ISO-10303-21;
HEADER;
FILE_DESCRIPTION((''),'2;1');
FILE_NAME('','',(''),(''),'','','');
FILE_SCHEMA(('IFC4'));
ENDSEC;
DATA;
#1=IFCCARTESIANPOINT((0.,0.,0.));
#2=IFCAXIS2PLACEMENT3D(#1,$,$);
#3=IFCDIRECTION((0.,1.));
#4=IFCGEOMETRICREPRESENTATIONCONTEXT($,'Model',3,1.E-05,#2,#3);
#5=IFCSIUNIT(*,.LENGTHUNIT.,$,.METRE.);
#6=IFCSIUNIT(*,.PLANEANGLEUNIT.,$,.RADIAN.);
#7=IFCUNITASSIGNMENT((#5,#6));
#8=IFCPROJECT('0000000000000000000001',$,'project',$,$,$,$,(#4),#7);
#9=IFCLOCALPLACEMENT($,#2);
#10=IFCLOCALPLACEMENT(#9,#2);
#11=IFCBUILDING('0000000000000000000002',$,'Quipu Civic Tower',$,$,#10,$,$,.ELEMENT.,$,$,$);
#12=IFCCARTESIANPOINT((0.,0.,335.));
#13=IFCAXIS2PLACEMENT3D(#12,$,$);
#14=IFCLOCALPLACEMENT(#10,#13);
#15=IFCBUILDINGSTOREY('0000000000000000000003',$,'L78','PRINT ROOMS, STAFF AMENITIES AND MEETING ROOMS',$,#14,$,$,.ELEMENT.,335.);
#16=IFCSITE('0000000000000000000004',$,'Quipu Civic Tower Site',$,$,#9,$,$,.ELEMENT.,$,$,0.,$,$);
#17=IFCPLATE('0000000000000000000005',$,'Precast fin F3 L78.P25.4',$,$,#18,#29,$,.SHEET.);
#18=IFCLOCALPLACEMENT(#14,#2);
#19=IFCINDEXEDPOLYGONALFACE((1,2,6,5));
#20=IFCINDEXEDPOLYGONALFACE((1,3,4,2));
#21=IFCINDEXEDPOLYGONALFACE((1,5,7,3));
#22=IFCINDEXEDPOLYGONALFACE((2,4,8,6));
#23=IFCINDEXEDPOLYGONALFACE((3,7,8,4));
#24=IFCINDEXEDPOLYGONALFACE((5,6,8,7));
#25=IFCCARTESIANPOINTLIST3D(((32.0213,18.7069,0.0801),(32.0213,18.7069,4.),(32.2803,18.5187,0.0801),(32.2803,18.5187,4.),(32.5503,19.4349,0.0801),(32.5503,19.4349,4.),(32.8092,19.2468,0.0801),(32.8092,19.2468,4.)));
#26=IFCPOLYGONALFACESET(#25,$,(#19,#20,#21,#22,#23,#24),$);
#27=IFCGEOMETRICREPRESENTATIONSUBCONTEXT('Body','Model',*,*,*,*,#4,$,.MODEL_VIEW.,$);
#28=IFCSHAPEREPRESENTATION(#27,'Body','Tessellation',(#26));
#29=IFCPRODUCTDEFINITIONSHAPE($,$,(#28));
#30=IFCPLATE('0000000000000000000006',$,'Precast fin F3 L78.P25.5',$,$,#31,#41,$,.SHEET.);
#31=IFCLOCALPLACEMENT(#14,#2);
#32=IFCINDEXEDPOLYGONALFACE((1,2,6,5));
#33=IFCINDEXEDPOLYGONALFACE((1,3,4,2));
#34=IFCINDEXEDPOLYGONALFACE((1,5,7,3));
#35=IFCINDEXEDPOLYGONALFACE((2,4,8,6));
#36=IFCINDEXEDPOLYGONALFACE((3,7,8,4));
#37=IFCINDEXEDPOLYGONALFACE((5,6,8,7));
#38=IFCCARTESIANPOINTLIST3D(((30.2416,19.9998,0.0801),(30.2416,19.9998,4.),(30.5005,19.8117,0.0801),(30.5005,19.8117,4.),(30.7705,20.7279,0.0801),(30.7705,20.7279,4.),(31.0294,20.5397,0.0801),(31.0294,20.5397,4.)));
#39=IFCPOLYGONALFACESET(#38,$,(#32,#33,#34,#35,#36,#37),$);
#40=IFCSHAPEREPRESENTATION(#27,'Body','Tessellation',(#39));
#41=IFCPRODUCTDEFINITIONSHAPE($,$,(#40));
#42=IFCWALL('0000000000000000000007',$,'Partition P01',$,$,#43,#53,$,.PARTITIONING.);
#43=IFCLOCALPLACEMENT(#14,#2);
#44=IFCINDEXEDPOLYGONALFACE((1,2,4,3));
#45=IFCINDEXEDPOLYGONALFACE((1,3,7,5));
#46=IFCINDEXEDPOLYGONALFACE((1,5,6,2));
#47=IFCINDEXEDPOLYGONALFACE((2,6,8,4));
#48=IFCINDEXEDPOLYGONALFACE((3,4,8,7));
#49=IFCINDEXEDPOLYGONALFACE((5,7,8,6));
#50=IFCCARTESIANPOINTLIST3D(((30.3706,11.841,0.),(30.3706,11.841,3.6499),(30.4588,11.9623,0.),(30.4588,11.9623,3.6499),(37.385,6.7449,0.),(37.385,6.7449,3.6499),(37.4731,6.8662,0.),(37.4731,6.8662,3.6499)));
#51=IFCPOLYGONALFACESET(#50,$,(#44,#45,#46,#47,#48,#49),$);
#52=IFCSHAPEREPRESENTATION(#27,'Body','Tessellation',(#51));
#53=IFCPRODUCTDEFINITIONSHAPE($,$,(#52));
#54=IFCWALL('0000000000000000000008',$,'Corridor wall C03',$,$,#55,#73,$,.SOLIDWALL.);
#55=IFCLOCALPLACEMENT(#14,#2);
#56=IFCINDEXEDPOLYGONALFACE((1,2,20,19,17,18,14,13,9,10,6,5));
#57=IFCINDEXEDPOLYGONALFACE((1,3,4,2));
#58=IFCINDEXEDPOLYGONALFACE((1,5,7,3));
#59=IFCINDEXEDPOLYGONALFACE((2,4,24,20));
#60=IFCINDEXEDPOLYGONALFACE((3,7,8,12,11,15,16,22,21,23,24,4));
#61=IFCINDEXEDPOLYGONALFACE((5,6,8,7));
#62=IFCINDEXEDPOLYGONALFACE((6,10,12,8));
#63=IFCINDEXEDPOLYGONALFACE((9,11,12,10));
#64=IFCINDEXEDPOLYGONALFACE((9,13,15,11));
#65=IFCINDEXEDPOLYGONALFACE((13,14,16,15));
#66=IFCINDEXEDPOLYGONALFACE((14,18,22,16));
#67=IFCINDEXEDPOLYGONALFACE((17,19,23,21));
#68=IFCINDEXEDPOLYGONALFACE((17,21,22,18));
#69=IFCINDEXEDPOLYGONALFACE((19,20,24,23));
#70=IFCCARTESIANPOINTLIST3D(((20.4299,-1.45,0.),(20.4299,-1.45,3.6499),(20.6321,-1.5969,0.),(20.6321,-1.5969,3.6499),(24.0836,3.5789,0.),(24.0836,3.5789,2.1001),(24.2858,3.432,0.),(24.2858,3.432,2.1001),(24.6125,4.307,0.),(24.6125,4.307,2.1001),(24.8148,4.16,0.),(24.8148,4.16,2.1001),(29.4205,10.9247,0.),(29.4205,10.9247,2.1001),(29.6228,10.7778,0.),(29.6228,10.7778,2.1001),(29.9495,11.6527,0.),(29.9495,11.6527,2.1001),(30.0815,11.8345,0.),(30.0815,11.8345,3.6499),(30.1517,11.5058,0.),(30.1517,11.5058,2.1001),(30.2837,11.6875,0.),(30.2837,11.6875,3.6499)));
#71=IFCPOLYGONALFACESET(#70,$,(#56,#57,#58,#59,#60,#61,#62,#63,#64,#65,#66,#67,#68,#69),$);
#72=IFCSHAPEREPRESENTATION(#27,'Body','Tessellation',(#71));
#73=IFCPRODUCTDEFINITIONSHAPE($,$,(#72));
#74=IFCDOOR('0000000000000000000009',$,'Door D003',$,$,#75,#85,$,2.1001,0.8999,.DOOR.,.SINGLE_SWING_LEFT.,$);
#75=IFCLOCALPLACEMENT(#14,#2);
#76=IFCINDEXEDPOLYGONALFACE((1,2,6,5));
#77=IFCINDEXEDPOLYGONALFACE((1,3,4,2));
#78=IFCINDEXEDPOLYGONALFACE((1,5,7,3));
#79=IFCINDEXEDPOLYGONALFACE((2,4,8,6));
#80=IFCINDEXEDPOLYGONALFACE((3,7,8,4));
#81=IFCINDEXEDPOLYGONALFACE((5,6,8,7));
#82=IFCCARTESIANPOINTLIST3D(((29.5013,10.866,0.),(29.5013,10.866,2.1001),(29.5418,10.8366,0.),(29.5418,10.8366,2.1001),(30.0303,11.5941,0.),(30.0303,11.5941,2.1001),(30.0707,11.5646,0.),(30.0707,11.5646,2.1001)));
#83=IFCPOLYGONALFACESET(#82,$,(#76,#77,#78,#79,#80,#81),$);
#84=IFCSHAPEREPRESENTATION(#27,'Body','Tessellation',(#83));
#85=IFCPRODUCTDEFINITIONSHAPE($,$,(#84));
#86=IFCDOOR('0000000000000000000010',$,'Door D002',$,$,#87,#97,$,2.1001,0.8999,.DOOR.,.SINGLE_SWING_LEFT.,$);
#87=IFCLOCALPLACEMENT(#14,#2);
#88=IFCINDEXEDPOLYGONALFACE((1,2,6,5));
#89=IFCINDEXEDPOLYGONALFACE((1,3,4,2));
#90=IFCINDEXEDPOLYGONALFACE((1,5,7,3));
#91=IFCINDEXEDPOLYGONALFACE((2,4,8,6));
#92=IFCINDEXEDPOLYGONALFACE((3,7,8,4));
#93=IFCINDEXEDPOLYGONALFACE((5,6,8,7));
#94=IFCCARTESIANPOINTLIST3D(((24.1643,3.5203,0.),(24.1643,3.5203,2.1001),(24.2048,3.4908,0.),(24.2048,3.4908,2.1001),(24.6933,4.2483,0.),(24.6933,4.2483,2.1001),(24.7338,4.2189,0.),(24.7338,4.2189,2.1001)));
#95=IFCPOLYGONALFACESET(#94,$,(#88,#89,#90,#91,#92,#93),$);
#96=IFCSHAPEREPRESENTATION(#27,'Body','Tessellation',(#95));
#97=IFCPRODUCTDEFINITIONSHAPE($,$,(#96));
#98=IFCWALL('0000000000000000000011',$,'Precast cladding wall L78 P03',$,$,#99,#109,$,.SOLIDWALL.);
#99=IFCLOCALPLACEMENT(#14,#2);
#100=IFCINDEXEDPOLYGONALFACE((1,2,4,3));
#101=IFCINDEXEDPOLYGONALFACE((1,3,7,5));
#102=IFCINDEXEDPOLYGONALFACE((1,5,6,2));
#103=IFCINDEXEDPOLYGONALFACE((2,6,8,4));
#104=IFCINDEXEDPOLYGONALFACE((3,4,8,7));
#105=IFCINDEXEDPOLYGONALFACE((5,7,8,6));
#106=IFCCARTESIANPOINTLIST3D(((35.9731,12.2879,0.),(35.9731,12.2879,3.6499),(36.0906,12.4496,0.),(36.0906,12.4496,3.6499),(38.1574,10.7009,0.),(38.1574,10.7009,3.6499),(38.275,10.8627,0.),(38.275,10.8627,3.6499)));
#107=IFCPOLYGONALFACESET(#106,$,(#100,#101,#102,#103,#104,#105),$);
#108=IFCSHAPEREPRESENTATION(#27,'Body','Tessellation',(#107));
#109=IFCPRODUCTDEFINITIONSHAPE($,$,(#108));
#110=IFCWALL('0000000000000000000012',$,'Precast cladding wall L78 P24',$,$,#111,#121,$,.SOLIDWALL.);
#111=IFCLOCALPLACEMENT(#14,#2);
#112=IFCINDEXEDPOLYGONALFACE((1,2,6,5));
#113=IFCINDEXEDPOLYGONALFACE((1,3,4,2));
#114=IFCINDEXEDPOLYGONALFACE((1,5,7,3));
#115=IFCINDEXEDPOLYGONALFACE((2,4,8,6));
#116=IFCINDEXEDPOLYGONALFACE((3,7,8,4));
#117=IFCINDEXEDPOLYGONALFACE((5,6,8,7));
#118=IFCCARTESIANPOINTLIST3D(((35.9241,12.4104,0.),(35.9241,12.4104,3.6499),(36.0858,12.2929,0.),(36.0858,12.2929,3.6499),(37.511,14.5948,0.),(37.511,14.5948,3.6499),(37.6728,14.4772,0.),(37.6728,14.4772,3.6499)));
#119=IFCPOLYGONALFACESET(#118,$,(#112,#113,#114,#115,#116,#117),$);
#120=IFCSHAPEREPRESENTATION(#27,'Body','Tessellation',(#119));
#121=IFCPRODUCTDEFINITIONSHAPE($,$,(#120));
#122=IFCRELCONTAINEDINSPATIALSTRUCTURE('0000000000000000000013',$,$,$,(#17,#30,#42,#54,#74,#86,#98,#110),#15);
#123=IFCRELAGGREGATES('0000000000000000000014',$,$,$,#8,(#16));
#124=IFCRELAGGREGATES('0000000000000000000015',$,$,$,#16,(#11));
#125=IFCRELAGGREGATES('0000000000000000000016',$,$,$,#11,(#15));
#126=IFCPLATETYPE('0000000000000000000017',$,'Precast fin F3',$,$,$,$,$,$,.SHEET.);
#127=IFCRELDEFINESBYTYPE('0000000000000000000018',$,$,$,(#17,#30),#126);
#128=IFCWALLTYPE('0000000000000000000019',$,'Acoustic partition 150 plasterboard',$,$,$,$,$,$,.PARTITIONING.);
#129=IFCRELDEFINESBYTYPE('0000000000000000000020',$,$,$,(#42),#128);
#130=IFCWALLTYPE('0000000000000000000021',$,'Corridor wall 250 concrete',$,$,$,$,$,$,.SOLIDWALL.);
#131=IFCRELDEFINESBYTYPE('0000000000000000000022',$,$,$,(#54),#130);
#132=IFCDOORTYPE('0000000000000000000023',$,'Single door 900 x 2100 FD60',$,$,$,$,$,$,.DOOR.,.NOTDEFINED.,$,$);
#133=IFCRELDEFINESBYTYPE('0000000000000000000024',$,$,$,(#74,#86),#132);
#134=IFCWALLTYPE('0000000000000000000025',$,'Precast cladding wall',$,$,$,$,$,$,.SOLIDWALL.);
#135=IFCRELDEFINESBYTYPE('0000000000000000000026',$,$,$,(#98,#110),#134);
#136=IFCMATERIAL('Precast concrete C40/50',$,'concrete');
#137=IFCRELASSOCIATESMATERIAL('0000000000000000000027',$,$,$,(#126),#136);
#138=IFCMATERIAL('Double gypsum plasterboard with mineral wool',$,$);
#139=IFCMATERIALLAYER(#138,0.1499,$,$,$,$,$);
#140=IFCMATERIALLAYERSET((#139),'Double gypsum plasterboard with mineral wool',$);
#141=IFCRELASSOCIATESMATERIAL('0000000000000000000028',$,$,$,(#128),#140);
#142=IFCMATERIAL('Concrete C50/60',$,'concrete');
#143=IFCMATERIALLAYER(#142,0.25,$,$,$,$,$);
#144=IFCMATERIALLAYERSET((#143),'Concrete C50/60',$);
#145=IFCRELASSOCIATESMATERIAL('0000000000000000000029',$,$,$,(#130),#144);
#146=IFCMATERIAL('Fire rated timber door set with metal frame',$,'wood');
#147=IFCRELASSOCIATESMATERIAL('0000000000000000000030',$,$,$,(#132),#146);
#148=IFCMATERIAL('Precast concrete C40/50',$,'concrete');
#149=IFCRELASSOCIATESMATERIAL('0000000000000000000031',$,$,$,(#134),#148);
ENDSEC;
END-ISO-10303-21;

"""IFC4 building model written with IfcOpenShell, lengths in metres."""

from ifc_helpers import new_model, si_unit, direction, frame, frame_2d, origin, origin_2d, place, context, subcontext, project, spatial, rectangle, extrude, material, layer, layer_set, type_object, element, fill, save


model = new_model("IFC4")

# Units and contexts
model_context = context("Model", 3, precision=1e-05, world=origin(), true_north=direction((0.0, 1.0)))
body_context = subcontext(model_context, "Body", "Model", "MODEL_VIEW")
ifc_project = project(units=[si_unit("LENGTHUNIT", "METRE"), si_unit("PLANEANGLEUNIT", "RADIAN")], contexts=[model_context])

# Site, building, storey
site_placement = place(None, origin())
site = spatial("IfcSite", under=ifc_project, at=site_placement, Name="Quipu Civic Tower Site", CompositionType="ELEMENT", RefElevation=0.0)
building_placement = place(site_placement, origin())
building = spatial("IfcBuilding", under=site, at=building_placement, Name="Quipu Civic Tower", CompositionType="ELEMENT")
storey_placement = place(building_placement, frame((0.0, 0.0, 335.0)))
storey = spatial("IfcBuildingStorey", under=building, at=storey_placement, Name="L78", Description="PRINT ROOMS, STAFF AMENITIES AND MEETING ROOMS", CompositionType="ELEMENT", Elevation=335.0)

# Plates
ifc_material_1 = material(Name="Precast concrete C40/50", Category="concrete")
plate_type_1 = type_object("IfcPlateType", Name="Precast fin F3", PredefinedType="SHEET", material=ifc_material_1)
for number, where, z_axis, x_axis, name in (
    (1, (32.4153, 18.9768, 0.0801), (0.0, 0.0, 1.0), (-0.809017, 0.587785, 0.0), "Precast fin F3 L78.P25.4"),
    (2, (30.6355, 20.2698, 0.0801), (0.0, 0.0, 1.0), (-0.809017, 0.587785, 0.0), "Precast fin F3 L78.P25.5"),
):
    element("IfcPlate", number, at=place(storey_placement, frame(where, z_axis=z_axis, x_axis=x_axis)), inside=storey, type_object=plate_type_1, Name=name, PredefinedType="SHEET", context=body_context, shape_type="SweptSolid", body=[
        extrude(rectangle(XDim=0.3201, YDim=0.8999, at=origin_2d()), origin(), (0.0, 0.0, 1.0), 3.9199),
    ])

# Wall
ifc_material_2 = material(Name="Double gypsum plasterboard with mineral wool")
ifc_layer_1 = layer(ifc_material_2, 0.1499)
ifc_layer_set_1 = layer_set([ifc_layer_1], Name="Double gypsum plasterboard with mineral wool")
wall_type_1 = type_object("IfcWallType", Name="Acoustic partition 150 plasterboard", PredefinedType="PARTITIONING", material=ifc_layer_set_1)
wall_1_placement = place(storey_placement, frame((30.4148, 11.9016, 0.0), z_axis=(0.0, 0.0, 1.0), x_axis=(0.809021, -0.58778, 0.0)))
element("IfcWall", 3, at=wall_1_placement, inside=storey, type_object=wall_type_1, Name="Partition P01", PredefinedType="PARTITIONING", context=body_context, shape_type="SweptSolid", body=[
    extrude(rectangle(XDim=8.6702, YDim=0.1499, at=frame_2d((4.335, 0.0))), origin(), (0.0, 0.0, 1.0), 3.6499),
])

# Wall, openings, doors
ifc_material_3 = material(Name="Concrete C50/60", Category="concrete")
ifc_layer_2 = layer(ifc_material_3, 0.25)
ifc_layer_set_2 = layer_set([ifc_layer_2], Name="Concrete C50/60")
wall_type_2 = type_object("IfcWallType", Name="Corridor wall 250 concrete", PredefinedType="SOLIDWALL", material=ifc_layer_set_2)
wall_2_placement = place(storey_placement, frame((30.1826, 11.761, 0.0), z_axis=(0.0, 0.0, 1.0), x_axis=(-0.587782, -0.80902, 0.0)))
wall_2 = element("IfcWall", 4, at=wall_2_placement, inside=storey, type_object=wall_type_2, Name="Corridor wall C03", PredefinedType="SOLIDWALL", context=body_context, shape_type="SweptSolid", body=[
    extrude(rectangle(XDim=16.4204, YDim=0.25, at=frame_2d((8.2102, 0.0))), origin(), (0.0, 0.0, 1.0), 3.6499),
])
opening_1_placement = place(wall_2_placement, frame((0.2246, 0.0, 0.0)))
opening_1 = element("IfcOpeningElement", 5, at=opening_1_placement, cuts=wall_2, PredefinedType="OPENING", context=body_context, shape_type="SweptSolid", body=[
    extrude(rectangle(XDim=0.8999, YDim=2.1001, at=frame_2d((0.45, 1.05))), frame((0.0, 0.135, 0.0), z_axis=(0.0, -1.0, 0.0), x_axis=(1.0, 0.0, 0.0)), (0.0, 0.0, 1.0), 0.27),
])
opening_2_placement = place(wall_2_placement, frame((9.3044, 0.0, 0.0)))
opening_2 = element("IfcOpeningElement", 6, at=opening_2_placement, cuts=wall_2, PredefinedType="OPENING", context=body_context, shape_type="SweptSolid", body=[
    extrude(rectangle(XDim=0.8999, YDim=2.1001, at=frame_2d((0.45, 1.05))), frame((0.0, 0.135, 0.0), z_axis=(0.0, -1.0, 0.0), x_axis=(1.0, 0.0, 0.0)), (0.0, 0.0, 1.0), 0.27),
])
ifc_material_4 = material(Name="Fire rated timber door set with metal frame", Category="wood")
door_type = type_object("IfcDoorType", Name="Single door 900 x 2100 FD60", OperationType="NOTDEFINED", PredefinedType="DOOR", material=ifc_material_4)
door_1_placement = place(opening_1_placement, origin())
door_1 = element("IfcDoor", 7, at=door_1_placement, inside=storey, type_object=door_type, Name="Door D003", OperationType="SINGLE_SWING_LEFT", OverallHeight=2.1001, OverallWidth=0.8999, PredefinedType="DOOR", context=body_context, shape_type="SweptSolid", body=[
    extrude(rectangle(XDim=0.8999, YDim=2.1001, at=frame_2d((0.45, 1.05))), frame((0.0, 0.0249, 0.0), z_axis=(0.0, -1.0, 0.0), x_axis=(1.0, 0.0, 0.0)), (0.0, 0.0, 1.0), 0.05),
])
fill(opening_1, door_1)
door_2_placement = place(opening_2_placement, origin())
door_2 = element("IfcDoor", 8, at=door_2_placement, inside=storey, type_object=door_type, Name="Door D002", OperationType="SINGLE_SWING_LEFT", OverallHeight=2.1001, OverallWidth=0.8999, PredefinedType="DOOR", context=body_context, shape_type="SweptSolid", body=[
    extrude(rectangle(XDim=0.8999, YDim=2.1001, at=frame_2d((0.45, 1.05))), frame((0.0, 0.0249, 0.0), z_axis=(0.0, -1.0, 0.0), x_axis=(1.0, 0.0, 0.0)), (0.0, 0.0, 1.0), 0.05),
])
fill(opening_2, door_2)

# Walls
ifc_material_5 = material(Name="Precast concrete C40/50", Category="concrete")
wall_type_3 = type_object("IfcWallType", Name="Precast cladding wall", PredefinedType="SOLIDWALL", material=ifc_material_5)
for number, where, z_axis, x_axis, name in (
    (9, (38.2163, 10.7817, 0.0), (0.0, 0.0, 1.0), (-0.809033, 0.587763, 0.0), "Precast cladding wall L78 P03"),
    (10, (36.0049, 12.3516, 0.0), (0.0, 0.0, 1.0), (0.587763, 0.809033, 0.0), "Precast cladding wall L78 P24"),
):
    element("IfcWall", number, at=place(storey_placement, frame(where, z_axis=z_axis, x_axis=x_axis)), inside=storey, type_object=wall_type_3, Name=name, PredefinedType="SOLIDWALL", context=body_context, shape_type="SweptSolid", body=[
        extrude(rectangle(XDim=2.7, YDim=0.2, at=frame_2d((1.3501, 0.0))), origin(), (0.0, 0.0, 1.0), 3.6499),
    ])

save(model, "model.ifc")
